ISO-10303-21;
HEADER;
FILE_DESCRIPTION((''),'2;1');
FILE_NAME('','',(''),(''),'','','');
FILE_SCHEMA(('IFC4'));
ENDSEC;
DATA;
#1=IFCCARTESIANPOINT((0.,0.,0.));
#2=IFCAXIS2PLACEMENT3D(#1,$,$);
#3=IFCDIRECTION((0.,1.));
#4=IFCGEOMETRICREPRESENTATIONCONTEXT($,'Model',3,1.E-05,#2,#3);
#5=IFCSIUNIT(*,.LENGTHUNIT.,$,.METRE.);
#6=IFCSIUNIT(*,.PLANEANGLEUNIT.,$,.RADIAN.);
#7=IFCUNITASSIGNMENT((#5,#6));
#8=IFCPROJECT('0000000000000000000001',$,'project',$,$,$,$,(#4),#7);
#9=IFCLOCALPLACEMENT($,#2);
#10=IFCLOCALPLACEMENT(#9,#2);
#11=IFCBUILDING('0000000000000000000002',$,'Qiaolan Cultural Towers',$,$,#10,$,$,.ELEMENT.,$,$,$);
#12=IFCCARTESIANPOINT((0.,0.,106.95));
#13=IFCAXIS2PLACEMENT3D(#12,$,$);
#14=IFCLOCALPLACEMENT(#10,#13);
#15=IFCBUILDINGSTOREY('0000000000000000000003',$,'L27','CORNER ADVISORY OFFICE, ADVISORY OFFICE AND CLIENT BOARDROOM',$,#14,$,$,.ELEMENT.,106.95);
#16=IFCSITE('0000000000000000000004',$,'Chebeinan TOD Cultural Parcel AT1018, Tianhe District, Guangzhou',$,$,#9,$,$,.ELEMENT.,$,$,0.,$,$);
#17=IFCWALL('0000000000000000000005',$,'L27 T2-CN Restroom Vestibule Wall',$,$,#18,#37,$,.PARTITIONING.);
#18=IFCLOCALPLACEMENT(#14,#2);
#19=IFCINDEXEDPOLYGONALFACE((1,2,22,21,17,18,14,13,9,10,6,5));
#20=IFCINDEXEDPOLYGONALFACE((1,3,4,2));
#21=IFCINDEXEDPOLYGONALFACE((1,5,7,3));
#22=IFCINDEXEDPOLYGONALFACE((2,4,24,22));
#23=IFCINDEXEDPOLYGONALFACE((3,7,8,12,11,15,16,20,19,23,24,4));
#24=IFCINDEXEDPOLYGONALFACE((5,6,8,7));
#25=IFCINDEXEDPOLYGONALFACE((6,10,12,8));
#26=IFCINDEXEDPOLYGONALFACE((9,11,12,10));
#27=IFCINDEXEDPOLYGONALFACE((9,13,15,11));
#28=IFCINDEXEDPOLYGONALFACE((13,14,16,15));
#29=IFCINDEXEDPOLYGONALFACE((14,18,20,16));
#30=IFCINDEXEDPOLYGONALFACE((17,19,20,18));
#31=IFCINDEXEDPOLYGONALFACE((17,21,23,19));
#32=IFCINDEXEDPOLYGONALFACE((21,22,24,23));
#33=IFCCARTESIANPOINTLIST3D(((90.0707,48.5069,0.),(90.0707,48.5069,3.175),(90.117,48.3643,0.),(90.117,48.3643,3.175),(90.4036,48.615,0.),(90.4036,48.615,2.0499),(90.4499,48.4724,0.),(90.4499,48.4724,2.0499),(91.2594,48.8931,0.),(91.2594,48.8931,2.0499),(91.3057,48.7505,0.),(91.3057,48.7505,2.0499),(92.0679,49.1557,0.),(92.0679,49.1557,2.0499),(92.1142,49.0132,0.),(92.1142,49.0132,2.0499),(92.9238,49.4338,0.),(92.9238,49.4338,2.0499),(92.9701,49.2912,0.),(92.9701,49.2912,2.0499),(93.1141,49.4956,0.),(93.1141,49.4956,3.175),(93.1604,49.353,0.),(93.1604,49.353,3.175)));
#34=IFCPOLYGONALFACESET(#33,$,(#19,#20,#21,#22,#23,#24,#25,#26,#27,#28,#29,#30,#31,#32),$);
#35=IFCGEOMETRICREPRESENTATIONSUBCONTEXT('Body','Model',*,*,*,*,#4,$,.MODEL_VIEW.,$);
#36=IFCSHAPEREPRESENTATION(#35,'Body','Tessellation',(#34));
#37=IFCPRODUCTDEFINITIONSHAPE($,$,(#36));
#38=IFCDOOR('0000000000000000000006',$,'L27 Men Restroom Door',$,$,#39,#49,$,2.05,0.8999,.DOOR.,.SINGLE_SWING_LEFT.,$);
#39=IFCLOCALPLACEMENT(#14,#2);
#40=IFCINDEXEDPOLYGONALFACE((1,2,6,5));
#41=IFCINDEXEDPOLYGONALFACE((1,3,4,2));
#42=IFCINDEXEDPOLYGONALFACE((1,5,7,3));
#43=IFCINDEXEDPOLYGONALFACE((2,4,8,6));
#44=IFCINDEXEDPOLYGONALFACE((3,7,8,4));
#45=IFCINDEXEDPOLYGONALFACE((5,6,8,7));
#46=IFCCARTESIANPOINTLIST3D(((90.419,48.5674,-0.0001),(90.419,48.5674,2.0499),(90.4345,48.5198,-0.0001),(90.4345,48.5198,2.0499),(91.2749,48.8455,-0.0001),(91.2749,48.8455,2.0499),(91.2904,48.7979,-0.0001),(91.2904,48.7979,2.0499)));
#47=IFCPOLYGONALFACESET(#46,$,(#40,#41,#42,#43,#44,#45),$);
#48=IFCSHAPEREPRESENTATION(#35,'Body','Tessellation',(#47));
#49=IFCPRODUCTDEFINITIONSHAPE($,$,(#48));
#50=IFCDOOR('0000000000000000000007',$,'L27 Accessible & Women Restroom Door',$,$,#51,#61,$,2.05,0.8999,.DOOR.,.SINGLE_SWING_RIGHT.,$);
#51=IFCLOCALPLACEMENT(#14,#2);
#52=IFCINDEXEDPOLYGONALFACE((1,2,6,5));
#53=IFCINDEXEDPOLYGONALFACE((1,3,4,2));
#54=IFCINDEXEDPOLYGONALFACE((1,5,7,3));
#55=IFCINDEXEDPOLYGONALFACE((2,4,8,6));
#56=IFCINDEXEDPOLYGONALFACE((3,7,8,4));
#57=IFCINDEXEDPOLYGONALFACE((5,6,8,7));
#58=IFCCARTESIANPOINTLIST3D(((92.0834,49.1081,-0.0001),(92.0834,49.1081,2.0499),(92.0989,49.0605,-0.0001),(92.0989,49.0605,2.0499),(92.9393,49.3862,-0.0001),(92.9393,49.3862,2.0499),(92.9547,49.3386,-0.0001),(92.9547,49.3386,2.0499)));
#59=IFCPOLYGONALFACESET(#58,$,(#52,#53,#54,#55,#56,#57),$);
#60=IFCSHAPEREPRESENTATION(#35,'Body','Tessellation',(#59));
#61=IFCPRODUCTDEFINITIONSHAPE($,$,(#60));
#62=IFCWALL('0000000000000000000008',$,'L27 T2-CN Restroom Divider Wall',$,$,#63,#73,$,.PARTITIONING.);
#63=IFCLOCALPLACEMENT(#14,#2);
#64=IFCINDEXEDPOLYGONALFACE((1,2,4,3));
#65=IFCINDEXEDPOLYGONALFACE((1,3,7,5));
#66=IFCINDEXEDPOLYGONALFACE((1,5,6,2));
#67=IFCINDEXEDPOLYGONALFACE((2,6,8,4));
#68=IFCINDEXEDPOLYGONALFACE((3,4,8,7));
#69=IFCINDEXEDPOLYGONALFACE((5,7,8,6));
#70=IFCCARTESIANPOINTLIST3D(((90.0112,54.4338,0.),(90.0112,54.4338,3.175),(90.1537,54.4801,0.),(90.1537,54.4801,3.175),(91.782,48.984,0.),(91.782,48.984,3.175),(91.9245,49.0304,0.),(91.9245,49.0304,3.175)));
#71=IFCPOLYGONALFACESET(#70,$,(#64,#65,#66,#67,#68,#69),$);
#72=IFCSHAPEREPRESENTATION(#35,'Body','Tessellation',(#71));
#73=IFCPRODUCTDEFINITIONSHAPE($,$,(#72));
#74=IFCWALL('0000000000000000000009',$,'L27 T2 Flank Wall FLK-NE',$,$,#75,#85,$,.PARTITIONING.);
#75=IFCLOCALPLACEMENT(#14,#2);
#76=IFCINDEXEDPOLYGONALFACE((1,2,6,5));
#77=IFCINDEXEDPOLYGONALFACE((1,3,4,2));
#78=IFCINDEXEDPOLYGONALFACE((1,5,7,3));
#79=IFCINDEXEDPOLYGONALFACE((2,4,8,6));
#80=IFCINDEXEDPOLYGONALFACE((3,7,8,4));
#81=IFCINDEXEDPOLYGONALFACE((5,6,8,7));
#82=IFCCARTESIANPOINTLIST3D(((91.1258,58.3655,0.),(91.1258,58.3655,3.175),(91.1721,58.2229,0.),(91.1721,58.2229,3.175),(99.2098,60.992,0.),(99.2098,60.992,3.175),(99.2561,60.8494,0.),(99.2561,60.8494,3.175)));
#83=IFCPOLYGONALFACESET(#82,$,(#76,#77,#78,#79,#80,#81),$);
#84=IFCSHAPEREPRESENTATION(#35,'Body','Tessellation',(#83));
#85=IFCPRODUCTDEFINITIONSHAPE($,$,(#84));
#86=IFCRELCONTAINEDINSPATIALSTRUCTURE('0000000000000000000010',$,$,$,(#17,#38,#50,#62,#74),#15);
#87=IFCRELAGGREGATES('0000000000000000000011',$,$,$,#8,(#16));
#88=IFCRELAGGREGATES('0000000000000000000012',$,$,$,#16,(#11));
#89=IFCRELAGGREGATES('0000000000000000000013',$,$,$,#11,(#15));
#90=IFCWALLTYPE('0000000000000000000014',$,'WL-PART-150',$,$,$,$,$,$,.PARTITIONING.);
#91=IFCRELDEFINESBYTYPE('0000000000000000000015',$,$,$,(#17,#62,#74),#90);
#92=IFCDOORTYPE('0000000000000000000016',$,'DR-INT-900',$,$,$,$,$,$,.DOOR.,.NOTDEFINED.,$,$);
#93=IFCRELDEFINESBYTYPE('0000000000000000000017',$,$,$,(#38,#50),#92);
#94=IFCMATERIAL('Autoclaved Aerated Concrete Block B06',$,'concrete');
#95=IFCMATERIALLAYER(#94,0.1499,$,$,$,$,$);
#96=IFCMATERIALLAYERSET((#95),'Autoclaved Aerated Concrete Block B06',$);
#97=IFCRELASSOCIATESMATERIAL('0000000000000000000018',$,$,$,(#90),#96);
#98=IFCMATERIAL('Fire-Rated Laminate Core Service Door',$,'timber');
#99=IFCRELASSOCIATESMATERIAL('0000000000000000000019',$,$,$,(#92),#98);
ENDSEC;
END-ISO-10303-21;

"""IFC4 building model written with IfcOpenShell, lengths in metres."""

from ifc_helpers import new_model, si_unit, direction, frame, frame_2d, origin, place, context, subcontext, project, spatial, rectangle, extrude, material, layer, layer_set, type_object, element, fill, save


model = new_model("IFC4")

# Units and contexts
model_context = context("Model", 3, precision=1e-05, world=origin(), true_north=direction((0.0, 1.0)))
body_context = subcontext(model_context, "Body", "Model", "MODEL_VIEW")
ifc_project = project(units=[si_unit("LENGTHUNIT", "METRE"), si_unit("PLANEANGLEUNIT", "RADIAN")], contexts=[model_context])

# Site, building, storey
site_placement = place(None, origin())
site = spatial("IfcSite", under=ifc_project, at=site_placement, Name="Chebeinan TOD Cultural Parcel AT1018, Tianhe District, Guangzhou", CompositionType="ELEMENT", RefElevation=0.0)
building_placement = place(site_placement, origin())
building = spatial("IfcBuilding", under=site, at=building_placement, Name="Qiaolan Cultural Towers", CompositionType="ELEMENT")
storey_placement = place(building_placement, frame((0.0, 0.0, 106.95)))
storey = spatial("IfcBuildingStorey", under=building, at=storey_placement, Name="L27", Description="CORNER ADVISORY OFFICE, ADVISORY OFFICE AND CLIENT BOARDROOM", CompositionType="ELEMENT", Elevation=106.95)

# Wall, openings, doors
ifc_material_1 = material(Name="Autoclaved Aerated Concrete Block B06", Category="concrete")
ifc_layer_1 = layer(ifc_material_1, 0.1499)
ifc_layer_set_1 = layer_set([ifc_layer_1], Name="Autoclaved Aerated Concrete Block B06")
wall_type_1 = type_object("IfcWallType", Name="WL-PART-150", PredefinedType="PARTITIONING", material=ifc_layer_set_1)
wall_1_placement = place(storey_placement, frame((90.0938, 48.4355, 0.0), z_axis=(0.0, 0.0, 1.0), x_axis=(0.951067, 0.308986, 0.0)))
wall_1 = element("IfcWall", 1, at=wall_1_placement, inside=storey, type_object=wall_type_1, Name="L27 T2-CN Restroom Vestibule Wall", PredefinedType="PARTITIONING", context=body_context, shape_type="SweptSolid", body=[
    extrude(rectangle(XDim=3.2, YDim=0.1499, at=frame_2d((1.6001, 0.0))), origin(), (0.0, 0.0, 1.0), 3.175),
])
opening_1_placement = place(wall_1_placement, frame((0.3501, 0.0, 0.0)))
opening_1 = element("IfcOpeningElement", 2, at=opening_1_placement, cuts=wall_1, PredefinedType="OPENING", context=body_context, shape_type="SweptSolid", body=[
    extrude(rectangle(XDim=0.8999, YDim=2.05, at=frame_2d((0.45, 1.0249))), frame((0.0, 0.085, 0.0), z_axis=(0.0, -1.0, 0.0), x_axis=(1.0, 0.0, 0.0)), (0.0, 0.0, 1.0), 0.1699),
])
opening_2_placement = place(wall_1_placement, frame((2.1001, 0.0, 0.0)))
opening_2 = element("IfcOpeningElement", 3, at=opening_2_placement, cuts=wall_1, PredefinedType="OPENING", context=body_context, shape_type="SweptSolid", body=[
    extrude(rectangle(XDim=0.8999, YDim=2.05, at=frame_2d((0.45, 1.0249))), frame((0.0, 0.085, 0.0), z_axis=(0.0, -1.0, 0.0), x_axis=(1.0, 0.0, 0.0)), (0.0, 0.0, 1.0), 0.1699),
])
ifc_material_2 = material(Name="Fire-Rated Laminate Core Service Door", Category="timber")
door_type = type_object("IfcDoorType", Name="DR-INT-900", OperationType="NOTDEFINED", PredefinedType="DOOR", material=ifc_material_2)
door_1_placement = place(opening_1_placement, origin())
door_1 = element("IfcDoor", 4, at=door_1_placement, inside=storey, type_object=door_type, Name="L27 Men Restroom Door", OperationType="SINGLE_SWING_LEFT", OverallHeight=2.05, OverallWidth=0.8999, PredefinedType="DOOR", context=body_context, shape_type="SweptSolid", body=[
    extrude(rectangle(XDim=0.8999, YDim=2.05, at=frame_2d((0.45, 1.0249))), frame((0.0, 0.0249, 0.0), z_axis=(0.0, -1.0, 0.0), x_axis=(1.0, 0.0, 0.0)), (0.0, 0.0, 1.0), 0.05),
])
fill(opening_1, door_1)
door_2_placement = place(opening_2_placement, origin())
door_2 = element("IfcDoor", 5, at=door_2_placement, inside=storey, type_object=door_type, Name="L27 Accessible & Women Restroom Door", OperationType="SINGLE_SWING_RIGHT", OverallHeight=2.05, OverallWidth=0.8999, PredefinedType="DOOR", context=body_context, shape_type="SweptSolid", body=[
    extrude(rectangle(XDim=0.8999, YDim=2.05, at=frame_2d((0.45, 1.0249))), frame((0.0, 0.0249, 0.0), z_axis=(0.0, -1.0, 0.0), x_axis=(1.0, 0.0, 0.0)), (0.0, 0.0, 1.0), 0.05),
])
fill(opening_2, door_2)

# Walls
wall_2_placement = place(storey_placement, frame((91.8533, 49.0071, 0.0), z_axis=(0.0, 0.0, 1.0), x_axis=(-0.309022, 0.951055, 0.0)))
element("IfcWall", 6, at=wall_2_placement, inside=storey, type_object=wall_type_1, Name="L27 T2-CN Restroom Divider Wall", PredefinedType="PARTITIONING", context=body_context, shape_type="SweptSolid", body=[
    extrude(rectangle(XDim=5.7302, YDim=0.1499, at=frame_2d((2.8652, 0.0))), origin(), (0.0, 0.0, 1.0), 3.175),
])
wall_3_placement = place(storey_placement, frame((91.1489, 58.2942, 0.0), z_axis=(0.0, 0.0, 1.0), x_axis=(0.951063, 0.308998, 0.0)))
element("IfcWall", 7, at=wall_3_placement, inside=storey, type_object=wall_type_1, Name="L27 T2 Flank Wall FLK-NE", PredefinedType="PARTITIONING", context=body_context, shape_type="SweptSolid", body=[
    extrude(rectangle(XDim=8.5, YDim=0.1499, at=frame_2d((4.25, 0.0))), origin(), (0.0, 0.0, 1.0), 3.175),
])

save(model, "model.ifc")
